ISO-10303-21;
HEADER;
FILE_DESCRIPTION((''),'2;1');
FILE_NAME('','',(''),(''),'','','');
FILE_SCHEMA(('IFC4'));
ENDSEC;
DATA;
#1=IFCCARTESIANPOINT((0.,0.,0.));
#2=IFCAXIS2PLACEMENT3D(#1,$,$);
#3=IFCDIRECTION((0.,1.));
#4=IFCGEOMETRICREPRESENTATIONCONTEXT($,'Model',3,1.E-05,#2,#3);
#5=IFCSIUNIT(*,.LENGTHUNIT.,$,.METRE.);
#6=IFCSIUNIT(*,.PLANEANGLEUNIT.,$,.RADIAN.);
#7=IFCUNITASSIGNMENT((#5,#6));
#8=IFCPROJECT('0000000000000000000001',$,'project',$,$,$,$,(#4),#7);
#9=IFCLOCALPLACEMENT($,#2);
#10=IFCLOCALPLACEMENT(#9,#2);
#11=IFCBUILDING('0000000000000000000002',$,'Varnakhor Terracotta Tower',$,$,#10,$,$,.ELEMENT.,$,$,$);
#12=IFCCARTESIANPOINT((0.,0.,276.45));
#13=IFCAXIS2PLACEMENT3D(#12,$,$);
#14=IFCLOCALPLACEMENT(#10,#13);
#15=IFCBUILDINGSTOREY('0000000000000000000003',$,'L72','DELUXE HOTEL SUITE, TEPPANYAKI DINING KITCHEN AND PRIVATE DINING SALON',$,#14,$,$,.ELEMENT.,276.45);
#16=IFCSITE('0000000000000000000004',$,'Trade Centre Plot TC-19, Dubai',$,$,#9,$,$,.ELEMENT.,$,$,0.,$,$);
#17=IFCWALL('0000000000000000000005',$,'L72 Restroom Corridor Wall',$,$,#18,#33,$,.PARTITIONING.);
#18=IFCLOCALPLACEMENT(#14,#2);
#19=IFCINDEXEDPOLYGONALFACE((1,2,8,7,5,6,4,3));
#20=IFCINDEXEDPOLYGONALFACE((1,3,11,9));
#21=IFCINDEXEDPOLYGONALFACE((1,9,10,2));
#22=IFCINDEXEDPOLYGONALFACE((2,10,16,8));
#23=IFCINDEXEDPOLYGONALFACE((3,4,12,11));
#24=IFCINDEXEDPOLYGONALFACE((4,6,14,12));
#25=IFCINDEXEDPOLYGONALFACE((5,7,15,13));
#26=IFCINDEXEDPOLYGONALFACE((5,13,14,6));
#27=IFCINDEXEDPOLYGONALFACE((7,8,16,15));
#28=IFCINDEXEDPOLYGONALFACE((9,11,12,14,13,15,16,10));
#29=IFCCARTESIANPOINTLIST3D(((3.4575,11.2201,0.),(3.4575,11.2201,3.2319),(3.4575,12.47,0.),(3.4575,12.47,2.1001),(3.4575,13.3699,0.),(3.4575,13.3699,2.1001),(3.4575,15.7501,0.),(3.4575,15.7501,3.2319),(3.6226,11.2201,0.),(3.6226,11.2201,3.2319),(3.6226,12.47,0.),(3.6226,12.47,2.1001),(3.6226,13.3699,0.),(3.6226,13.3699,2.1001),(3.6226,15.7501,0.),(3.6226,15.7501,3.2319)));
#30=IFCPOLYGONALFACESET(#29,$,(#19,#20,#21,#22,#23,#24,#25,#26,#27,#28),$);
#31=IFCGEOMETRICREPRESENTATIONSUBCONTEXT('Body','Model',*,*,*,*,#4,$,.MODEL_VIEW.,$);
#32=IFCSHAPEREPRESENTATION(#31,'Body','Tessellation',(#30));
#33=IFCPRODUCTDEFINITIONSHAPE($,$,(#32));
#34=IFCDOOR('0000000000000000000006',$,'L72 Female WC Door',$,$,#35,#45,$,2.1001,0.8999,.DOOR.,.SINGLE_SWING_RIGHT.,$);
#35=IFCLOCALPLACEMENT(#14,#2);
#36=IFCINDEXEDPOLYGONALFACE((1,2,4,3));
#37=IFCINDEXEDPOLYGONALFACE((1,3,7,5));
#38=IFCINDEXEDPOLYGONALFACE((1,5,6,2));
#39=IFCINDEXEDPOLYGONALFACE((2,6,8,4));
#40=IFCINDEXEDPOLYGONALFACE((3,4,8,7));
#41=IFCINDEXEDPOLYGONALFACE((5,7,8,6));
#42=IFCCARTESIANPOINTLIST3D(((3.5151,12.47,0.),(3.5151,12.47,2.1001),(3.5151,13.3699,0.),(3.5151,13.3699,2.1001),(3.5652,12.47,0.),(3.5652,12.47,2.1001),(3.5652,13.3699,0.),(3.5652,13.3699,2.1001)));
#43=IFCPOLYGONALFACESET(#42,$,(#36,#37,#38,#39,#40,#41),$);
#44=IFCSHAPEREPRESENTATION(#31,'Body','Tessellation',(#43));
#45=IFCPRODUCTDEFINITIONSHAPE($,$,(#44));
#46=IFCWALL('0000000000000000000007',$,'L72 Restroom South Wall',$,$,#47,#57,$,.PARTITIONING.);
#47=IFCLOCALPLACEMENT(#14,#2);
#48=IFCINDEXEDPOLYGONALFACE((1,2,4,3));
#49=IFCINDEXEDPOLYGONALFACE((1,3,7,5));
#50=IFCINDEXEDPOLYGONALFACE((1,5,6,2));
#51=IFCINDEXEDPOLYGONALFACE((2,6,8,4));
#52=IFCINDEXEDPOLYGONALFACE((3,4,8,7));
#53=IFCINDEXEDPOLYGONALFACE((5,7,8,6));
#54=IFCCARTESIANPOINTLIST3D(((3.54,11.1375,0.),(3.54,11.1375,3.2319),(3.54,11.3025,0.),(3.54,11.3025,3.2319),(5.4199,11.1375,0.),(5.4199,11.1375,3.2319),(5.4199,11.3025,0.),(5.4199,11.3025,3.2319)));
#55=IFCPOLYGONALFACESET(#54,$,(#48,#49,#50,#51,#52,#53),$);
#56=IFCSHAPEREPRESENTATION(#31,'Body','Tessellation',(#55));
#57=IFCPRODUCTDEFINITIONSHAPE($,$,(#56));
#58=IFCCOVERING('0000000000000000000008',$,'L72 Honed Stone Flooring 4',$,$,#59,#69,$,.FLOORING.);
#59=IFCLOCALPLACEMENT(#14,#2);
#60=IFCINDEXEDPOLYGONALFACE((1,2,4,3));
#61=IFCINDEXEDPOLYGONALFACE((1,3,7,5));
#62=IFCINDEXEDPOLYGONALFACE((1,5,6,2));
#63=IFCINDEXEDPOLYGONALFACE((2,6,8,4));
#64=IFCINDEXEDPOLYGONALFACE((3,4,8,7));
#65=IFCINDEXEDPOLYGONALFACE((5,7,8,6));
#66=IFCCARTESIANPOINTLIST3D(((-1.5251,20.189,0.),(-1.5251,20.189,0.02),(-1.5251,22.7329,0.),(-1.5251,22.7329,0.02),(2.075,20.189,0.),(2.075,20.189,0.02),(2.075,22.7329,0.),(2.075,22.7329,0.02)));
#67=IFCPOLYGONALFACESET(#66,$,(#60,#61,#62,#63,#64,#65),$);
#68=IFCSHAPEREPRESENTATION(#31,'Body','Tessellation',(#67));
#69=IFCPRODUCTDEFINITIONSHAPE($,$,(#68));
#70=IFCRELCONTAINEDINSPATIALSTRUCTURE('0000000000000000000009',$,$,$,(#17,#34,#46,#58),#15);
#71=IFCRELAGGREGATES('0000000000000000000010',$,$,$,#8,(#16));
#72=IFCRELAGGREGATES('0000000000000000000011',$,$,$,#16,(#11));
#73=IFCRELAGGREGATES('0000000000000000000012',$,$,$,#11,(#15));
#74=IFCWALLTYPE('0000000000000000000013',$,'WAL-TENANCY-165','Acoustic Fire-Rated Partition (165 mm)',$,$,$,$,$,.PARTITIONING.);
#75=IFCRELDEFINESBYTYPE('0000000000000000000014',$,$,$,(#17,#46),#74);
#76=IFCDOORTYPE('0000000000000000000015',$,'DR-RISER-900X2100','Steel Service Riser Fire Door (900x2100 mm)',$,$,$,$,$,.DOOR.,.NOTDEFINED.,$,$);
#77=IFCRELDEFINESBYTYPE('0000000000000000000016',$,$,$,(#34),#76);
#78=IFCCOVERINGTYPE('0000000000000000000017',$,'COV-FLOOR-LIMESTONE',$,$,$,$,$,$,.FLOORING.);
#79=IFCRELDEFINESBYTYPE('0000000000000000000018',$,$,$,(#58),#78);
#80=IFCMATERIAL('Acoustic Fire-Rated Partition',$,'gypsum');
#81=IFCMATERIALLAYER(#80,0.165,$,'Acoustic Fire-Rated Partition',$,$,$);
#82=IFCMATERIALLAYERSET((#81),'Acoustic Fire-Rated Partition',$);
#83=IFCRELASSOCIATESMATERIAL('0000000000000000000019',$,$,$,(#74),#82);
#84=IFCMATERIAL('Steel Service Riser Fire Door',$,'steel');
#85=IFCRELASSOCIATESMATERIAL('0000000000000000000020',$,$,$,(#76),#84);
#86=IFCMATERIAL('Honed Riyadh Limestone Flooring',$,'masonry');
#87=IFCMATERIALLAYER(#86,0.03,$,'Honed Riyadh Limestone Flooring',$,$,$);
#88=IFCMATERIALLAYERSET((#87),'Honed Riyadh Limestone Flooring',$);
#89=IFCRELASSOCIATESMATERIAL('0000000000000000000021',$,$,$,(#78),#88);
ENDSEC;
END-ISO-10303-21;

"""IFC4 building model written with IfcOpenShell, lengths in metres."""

from ifc_helpers import new_model, si_unit, direction, frame, frame_2d, origin, origin_2d, place, context, subcontext, project, spatial, rectangle, extrude, source, transform, mapped, material, layer, layer_set, type_object, type_shapes, element, fill, save


model = new_model("IFC4")

# Units and contexts
model_context = context("Model", 3, precision=1e-05, world=origin(), true_north=direction((0.0, 1.0)))
body_context = subcontext(model_context, "Body", "Model", "MODEL_VIEW")
ifc_project = project(units=[si_unit("LENGTHUNIT", "METRE"), si_unit("PLANEANGLEUNIT", "RADIAN")], contexts=[model_context])

# Site, building, storey
site_placement = place(None, origin())
site = spatial("IfcSite", under=ifc_project, at=site_placement, Name="Trade Centre Plot TC-19, Dubai", CompositionType="ELEMENT", RefElevation=0.0)
building_placement = place(site_placement, origin())
building = spatial("IfcBuilding", under=site, at=building_placement, Name="Varnakhor Terracotta Tower", CompositionType="ELEMENT")
storey_placement = place(building_placement, frame((0.0, 0.0, 276.45)))
storey = spatial("IfcBuildingStorey", under=building, at=storey_placement, Name="L72", Description="DELUXE HOTEL SUITE, TEPPANYAKI DINING KITCHEN AND PRIVATE DINING SALON", CompositionType="ELEMENT", Elevation=276.45)

# Wall, opening, door
ifc_material_1 = material(Name="Acoustic Fire-Rated Partition", Category="gypsum")
ifc_layer_1 = layer(ifc_material_1, 0.165, Name="Acoustic Fire-Rated Partition")
ifc_layer_set_1 = layer_set([ifc_layer_1], Name="Acoustic Fire-Rated Partition")
wall_type_1 = type_object("IfcWallType", Name="WAL-TENANCY-165", Description="Acoustic Fire-Rated Partition (165 mm)", PredefinedType="PARTITIONING", material=ifc_layer_set_1)
wall_1_placement = place(storey_placement, frame((3.54, 11.22, 0.0), z_axis=(0.0, 0.0, 1.0), x_axis=(0.0, 1.0, 0.0)))
wall_1 = element("IfcWall", 1, at=wall_1_placement, inside=storey, type_object=wall_type_1, Name="L72 Restroom Corridor Wall", PredefinedType="PARTITIONING", context=body_context, shape_type="SweptSolid", body=[
    extrude(rectangle(XDim=4.53, YDim=0.165, at=frame_2d((2.2651, 0.0))), origin(), (0.0, 0.0, 1.0), 3.2319),
])
opening_1_placement = place(wall_1_placement, frame((1.25, 0.0, 0.0)))
opening_1 = element("IfcOpeningElement", 2, at=opening_1_placement, cuts=wall_1, PredefinedType="OPENING", context=body_context, shape_type="SweptSolid", body=[
    extrude(rectangle(XDim=0.8999, YDim=2.1001, at=frame_2d((0.45, 1.05))), frame((0.0, 0.0925, 0.0), z_axis=(0.0, -1.0, 0.0), x_axis=(1.0, 0.0, 0.0)), (0.0, 0.0, 1.0), 0.1851),
])
ifc_material_2 = material(Name="Steel Service Riser Fire Door", Category="steel")
door_type_1 = type_object("IfcDoorType", Name="DR-RISER-900X2100", Description="Steel Service Riser Fire Door (900x2100 mm)", OperationType="NOTDEFINED", PredefinedType="DOOR", material=ifc_material_2)
shared_shape_1 = source(origin(), body_context, "Body", "SweptSolid", [
    extrude(rectangle(XDim=0.8999, YDim=2.1001, at=frame_2d((0.45, 1.05))), frame((0.0, 0.0249, 0.0), z_axis=(0.0, -1.0, 0.0), x_axis=(1.0, 0.0, 0.0)), (0.0, 0.0, 1.0), 0.05),
])
type_shapes(door_type_1, [shared_shape_1])
door_1_placement = place(opening_1_placement, origin())
door_1 = element("IfcDoor", 3, at=door_1_placement, inside=storey, type_object=door_type_1, Name="L72 Female WC Door", OperationType="SINGLE_SWING_RIGHT", OverallHeight=2.1001, OverallWidth=0.8999, PredefinedType="DOOR", context=body_context, shape_type="MappedRepresentation", body=[
    mapped(shared_shape_1, transform((0.0, 0.0, 0.0), scale=1.0)),
])
fill(opening_1, door_1)

# Wall
wall_2_placement = place(storey_placement, frame((3.54, 11.22, 0.0), z_axis=(0.0, 0.0, 1.0), x_axis=(1.0, 0.0, 0.0)))
element("IfcWall", 4, at=wall_2_placement, inside=storey, type_object=wall_type_1, Name="L72 Restroom South Wall", PredefinedType="PARTITIONING", context=body_context, shape_type="SweptSolid", body=[
    extrude(rectangle(XDim=1.8799, YDim=0.165, at=frame_2d((0.9399, 0.0))), origin(), (0.0, 0.0, 1.0), 3.2319),
])

# Covering
ifc_material_3 = material(Name="Honed Riyadh Limestone Flooring", Category="masonry")
ifc_layer_2 = layer(ifc_material_3, 0.03, Name="Honed Riyadh Limestone Flooring")
ifc_layer_set_2 = layer_set([ifc_layer_2], Name="Honed Riyadh Limestone Flooring")
covering_type = type_object("IfcCoveringType", Name="COV-FLOOR-LIMESTONE", PredefinedType="FLOORING", material=ifc_layer_set_2)
shared_shape_2 = source(origin(), body_context, "Body", "SweptSolid", [
    extrude(rectangle(XDim=3.6001, YDim=2.5439, at=origin_2d()), origin(), (0.0, 0.0, 1.0), 0.02),
])
covering_placement = place(storey_placement, frame((0.2749, 21.4609, 0.0), z_axis=(0.0, 0.0, 1.0), x_axis=(1.0, 0.0, 0.0)))
element("IfcCovering", 5, at=covering_placement, inside=storey, type_object=covering_type, Name="L72 Honed Stone Flooring 4", PredefinedType="FLOORING", context=body_context, shape_type="MappedRepresentation", body=[
    mapped(shared_shape_2, transform((0.0, 0.0, 0.0), scale=1.0)),
])

save(model, "model.ifc")
